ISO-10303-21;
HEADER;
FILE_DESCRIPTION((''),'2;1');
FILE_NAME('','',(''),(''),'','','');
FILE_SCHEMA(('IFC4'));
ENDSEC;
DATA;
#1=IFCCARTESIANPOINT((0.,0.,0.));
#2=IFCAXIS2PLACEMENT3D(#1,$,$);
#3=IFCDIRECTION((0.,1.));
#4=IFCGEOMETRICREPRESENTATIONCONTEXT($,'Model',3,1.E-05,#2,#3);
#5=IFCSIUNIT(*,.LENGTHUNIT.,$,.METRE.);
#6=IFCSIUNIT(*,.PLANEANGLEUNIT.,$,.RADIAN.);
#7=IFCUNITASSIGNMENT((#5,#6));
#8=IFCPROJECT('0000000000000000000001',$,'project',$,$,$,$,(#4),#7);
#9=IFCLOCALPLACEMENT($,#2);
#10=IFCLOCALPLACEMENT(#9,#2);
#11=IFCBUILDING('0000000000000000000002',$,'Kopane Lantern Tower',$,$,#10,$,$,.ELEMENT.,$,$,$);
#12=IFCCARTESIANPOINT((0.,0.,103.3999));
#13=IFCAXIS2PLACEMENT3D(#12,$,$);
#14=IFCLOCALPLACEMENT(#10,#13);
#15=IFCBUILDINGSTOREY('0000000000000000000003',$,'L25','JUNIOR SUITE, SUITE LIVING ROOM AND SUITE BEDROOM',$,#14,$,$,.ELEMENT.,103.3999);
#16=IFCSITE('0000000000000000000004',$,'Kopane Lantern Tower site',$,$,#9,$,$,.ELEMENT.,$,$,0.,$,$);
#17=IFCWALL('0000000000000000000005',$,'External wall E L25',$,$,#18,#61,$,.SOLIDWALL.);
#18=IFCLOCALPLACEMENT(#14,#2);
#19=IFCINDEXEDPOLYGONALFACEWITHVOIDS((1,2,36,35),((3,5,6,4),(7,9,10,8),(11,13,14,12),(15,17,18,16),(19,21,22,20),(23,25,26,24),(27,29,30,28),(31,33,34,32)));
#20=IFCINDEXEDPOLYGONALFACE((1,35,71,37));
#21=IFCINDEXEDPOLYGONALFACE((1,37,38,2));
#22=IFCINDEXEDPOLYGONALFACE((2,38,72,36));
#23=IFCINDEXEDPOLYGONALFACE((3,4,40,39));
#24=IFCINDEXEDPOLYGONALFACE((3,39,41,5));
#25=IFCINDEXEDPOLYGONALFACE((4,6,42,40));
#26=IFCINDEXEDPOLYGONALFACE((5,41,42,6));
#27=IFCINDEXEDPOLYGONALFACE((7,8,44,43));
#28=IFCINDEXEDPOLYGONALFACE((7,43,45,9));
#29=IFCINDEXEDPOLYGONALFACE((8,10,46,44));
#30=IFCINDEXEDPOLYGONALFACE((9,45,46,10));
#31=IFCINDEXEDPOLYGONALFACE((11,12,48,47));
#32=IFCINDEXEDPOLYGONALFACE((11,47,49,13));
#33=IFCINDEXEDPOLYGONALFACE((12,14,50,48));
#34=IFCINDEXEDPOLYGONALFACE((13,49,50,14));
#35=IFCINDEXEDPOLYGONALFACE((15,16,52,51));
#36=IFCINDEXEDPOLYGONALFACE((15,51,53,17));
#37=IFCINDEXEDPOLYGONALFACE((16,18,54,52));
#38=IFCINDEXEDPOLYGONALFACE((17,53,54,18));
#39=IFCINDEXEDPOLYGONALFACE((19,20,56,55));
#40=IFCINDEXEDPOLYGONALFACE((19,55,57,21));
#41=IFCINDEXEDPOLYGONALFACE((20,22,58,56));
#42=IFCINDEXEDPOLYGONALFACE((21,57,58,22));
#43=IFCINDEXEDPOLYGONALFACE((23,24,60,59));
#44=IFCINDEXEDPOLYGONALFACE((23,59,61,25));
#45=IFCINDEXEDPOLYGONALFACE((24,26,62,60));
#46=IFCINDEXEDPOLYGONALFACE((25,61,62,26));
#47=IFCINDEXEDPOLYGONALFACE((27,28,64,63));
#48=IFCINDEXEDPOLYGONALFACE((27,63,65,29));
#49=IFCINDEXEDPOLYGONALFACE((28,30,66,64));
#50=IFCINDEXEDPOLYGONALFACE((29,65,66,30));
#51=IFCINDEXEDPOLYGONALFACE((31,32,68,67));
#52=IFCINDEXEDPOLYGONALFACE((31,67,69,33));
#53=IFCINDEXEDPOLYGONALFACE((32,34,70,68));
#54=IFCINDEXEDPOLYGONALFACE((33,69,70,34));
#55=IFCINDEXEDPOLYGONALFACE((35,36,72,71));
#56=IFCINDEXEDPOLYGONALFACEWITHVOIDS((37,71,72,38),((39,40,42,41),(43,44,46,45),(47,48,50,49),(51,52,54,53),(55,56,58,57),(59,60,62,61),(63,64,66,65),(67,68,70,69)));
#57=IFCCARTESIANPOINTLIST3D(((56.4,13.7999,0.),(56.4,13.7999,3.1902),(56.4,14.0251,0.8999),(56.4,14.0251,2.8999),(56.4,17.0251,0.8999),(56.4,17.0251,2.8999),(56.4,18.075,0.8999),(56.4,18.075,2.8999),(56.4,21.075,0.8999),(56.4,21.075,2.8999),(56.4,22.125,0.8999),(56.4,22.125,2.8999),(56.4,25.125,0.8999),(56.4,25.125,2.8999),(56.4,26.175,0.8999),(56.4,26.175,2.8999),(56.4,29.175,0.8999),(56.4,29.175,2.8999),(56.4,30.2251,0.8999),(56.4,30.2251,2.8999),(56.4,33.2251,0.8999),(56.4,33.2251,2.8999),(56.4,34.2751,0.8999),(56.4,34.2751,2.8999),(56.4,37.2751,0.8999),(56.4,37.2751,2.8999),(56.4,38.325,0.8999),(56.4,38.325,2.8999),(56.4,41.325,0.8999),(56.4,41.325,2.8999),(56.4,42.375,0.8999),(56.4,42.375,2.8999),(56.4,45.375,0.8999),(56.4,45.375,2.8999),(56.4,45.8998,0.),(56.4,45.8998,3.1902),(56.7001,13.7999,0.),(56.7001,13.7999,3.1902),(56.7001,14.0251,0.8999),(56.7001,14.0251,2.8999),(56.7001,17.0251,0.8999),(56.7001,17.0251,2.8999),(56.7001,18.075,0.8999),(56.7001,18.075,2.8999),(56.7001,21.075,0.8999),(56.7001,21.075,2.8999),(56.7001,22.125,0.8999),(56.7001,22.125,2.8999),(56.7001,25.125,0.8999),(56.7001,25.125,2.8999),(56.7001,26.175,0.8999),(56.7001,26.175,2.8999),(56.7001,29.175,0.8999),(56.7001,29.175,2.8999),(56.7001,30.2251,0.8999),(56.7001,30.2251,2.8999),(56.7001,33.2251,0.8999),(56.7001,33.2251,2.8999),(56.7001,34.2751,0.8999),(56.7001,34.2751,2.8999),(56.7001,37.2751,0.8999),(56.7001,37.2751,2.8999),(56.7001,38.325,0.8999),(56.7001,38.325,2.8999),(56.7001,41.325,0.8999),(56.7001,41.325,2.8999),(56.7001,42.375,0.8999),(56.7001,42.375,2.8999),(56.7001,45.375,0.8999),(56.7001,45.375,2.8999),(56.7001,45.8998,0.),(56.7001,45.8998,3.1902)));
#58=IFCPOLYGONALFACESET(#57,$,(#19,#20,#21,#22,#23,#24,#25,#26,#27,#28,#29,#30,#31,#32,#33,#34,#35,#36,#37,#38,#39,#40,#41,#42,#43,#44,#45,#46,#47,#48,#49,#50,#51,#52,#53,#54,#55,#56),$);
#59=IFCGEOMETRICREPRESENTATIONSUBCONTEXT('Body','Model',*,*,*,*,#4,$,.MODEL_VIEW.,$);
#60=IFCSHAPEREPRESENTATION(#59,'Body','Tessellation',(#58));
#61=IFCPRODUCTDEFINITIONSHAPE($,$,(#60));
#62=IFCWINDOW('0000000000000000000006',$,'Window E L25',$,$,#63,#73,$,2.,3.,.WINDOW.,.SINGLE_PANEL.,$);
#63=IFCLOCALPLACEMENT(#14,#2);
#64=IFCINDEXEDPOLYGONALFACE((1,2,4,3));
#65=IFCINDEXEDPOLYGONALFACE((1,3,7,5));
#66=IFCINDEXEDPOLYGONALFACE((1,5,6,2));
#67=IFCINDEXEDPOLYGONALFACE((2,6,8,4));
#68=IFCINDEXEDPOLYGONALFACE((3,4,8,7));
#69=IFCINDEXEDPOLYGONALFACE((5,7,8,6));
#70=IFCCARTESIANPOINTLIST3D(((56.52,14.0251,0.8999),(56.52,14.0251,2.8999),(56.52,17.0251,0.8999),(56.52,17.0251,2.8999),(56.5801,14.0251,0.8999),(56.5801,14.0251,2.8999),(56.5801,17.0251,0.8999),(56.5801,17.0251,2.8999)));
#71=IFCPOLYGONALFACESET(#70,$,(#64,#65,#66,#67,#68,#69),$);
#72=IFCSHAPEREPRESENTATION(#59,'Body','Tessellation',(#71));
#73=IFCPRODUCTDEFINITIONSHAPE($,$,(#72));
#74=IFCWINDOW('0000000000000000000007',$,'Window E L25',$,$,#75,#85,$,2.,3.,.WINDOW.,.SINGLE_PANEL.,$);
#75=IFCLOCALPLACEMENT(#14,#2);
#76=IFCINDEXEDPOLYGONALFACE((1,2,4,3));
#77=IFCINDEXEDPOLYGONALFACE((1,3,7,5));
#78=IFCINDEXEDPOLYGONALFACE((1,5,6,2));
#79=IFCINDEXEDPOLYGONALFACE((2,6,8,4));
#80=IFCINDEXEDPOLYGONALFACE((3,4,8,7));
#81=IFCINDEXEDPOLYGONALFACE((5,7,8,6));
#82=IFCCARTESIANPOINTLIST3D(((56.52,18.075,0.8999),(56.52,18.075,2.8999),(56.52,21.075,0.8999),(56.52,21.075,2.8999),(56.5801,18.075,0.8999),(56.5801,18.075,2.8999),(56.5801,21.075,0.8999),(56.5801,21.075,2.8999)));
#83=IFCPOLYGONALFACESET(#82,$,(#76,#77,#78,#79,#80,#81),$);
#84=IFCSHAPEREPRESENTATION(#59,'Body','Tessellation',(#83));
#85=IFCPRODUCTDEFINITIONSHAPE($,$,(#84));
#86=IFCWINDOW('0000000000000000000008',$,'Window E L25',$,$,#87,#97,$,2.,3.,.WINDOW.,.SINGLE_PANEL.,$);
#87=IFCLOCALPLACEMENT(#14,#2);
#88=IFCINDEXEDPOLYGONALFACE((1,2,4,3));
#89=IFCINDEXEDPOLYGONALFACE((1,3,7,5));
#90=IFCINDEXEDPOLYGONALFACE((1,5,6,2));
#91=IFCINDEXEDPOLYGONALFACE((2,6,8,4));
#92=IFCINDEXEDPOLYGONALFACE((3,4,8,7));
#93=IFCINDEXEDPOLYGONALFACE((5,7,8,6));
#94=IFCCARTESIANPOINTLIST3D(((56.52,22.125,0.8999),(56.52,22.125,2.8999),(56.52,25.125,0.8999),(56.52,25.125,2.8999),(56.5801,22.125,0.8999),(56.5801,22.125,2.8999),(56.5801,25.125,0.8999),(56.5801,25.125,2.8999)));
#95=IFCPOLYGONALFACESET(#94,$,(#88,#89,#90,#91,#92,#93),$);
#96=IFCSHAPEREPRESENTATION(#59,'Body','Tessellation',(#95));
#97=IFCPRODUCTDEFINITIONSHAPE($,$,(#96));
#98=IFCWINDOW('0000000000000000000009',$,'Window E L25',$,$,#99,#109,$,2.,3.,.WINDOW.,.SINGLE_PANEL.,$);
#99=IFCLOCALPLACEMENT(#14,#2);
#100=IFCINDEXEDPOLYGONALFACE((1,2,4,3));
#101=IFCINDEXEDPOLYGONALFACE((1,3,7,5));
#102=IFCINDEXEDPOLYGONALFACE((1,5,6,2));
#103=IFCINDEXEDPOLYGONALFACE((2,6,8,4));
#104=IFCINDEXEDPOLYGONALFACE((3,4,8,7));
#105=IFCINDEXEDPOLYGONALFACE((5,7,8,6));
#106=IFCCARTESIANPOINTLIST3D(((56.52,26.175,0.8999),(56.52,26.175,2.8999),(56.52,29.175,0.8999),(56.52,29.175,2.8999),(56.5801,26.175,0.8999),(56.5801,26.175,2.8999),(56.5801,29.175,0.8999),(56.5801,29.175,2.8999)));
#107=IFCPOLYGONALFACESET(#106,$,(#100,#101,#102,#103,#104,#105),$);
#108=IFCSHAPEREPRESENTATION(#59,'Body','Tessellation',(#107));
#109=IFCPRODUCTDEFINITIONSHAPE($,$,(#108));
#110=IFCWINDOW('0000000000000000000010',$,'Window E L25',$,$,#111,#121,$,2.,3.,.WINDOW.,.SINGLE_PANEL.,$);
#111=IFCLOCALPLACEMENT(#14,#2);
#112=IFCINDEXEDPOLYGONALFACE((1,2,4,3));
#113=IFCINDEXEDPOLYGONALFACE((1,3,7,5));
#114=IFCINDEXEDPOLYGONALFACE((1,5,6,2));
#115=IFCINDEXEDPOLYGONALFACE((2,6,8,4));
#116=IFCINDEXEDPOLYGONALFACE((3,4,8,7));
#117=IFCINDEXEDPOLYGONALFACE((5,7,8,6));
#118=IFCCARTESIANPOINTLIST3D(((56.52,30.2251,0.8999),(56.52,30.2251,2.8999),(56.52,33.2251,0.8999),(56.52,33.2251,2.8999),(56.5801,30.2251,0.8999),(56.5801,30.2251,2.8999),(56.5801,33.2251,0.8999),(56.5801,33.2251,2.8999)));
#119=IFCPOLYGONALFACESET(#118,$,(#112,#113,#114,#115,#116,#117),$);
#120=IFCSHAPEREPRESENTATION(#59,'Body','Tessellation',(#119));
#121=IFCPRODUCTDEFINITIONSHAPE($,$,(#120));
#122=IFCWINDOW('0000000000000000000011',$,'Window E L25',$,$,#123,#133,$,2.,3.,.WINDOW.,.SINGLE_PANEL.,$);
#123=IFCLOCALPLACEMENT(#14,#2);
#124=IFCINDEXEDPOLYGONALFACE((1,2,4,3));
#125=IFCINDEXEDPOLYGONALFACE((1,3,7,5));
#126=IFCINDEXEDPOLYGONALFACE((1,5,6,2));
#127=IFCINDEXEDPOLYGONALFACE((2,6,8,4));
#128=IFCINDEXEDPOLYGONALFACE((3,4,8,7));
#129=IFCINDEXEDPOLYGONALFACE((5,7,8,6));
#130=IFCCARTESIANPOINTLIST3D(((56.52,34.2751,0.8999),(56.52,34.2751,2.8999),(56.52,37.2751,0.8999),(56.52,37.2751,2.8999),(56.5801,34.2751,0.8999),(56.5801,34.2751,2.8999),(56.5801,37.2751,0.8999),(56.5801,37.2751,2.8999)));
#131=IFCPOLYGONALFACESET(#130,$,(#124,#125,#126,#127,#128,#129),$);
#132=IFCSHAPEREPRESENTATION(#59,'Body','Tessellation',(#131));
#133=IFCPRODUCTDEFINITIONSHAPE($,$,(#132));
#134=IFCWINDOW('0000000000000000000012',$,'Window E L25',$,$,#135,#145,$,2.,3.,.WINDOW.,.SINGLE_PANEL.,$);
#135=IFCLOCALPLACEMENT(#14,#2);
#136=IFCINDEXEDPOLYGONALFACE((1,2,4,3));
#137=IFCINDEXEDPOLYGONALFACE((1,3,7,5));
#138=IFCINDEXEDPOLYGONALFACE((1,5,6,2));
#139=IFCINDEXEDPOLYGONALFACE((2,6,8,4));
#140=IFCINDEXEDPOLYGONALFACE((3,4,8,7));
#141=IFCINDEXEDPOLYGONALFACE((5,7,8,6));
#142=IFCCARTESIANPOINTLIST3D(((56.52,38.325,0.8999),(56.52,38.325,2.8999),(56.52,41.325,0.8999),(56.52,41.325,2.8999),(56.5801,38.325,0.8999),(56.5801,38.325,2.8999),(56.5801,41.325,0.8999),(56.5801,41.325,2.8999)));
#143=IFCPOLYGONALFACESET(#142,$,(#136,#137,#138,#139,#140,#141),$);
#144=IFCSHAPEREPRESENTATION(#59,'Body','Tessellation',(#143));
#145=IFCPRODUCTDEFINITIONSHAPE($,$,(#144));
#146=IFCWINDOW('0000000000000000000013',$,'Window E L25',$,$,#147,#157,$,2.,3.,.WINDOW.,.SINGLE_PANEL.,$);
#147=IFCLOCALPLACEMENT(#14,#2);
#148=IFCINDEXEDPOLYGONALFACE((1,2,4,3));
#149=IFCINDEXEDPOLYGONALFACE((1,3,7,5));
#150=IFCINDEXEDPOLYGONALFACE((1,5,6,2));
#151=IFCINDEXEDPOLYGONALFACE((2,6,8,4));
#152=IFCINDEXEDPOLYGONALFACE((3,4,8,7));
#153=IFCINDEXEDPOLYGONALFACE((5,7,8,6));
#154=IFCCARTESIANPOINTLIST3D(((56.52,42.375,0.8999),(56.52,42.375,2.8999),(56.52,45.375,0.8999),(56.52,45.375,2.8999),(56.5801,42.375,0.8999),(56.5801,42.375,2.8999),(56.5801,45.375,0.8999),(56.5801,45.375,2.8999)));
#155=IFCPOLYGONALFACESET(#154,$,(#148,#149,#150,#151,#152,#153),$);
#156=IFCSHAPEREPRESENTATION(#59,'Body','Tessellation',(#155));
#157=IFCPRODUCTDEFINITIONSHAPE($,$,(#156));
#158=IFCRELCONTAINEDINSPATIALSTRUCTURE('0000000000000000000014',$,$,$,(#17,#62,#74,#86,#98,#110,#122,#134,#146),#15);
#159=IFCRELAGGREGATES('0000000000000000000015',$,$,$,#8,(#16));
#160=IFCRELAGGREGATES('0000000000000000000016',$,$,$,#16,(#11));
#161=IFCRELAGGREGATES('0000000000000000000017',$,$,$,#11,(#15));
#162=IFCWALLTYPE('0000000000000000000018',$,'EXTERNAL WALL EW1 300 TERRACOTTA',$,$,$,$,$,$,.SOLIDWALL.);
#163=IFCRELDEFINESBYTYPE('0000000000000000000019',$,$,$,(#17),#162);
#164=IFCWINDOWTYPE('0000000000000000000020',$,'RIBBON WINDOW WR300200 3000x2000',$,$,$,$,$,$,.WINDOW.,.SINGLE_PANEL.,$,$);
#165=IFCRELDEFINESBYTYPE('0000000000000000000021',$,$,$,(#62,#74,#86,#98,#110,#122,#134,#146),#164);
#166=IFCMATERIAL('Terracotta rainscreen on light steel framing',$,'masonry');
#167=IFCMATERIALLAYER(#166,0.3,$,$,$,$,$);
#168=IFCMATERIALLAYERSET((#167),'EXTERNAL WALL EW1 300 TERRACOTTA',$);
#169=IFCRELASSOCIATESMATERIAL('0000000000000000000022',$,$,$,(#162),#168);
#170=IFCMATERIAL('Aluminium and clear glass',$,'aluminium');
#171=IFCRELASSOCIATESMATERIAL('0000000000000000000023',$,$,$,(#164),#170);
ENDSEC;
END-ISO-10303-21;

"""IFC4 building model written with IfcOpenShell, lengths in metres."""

from ifc_helpers import new_model, si_unit, direction, frame, frame_2d, origin, place, context, subcontext, project, spatial, rectangle, extrude, material, layer, layer_set, type_object, element, fill, save


model = new_model("IFC4")

# Units and contexts
model_context = context("Model", 3, precision=1e-05, world=origin(), true_north=direction((0.0, 1.0)))
body_context = subcontext(model_context, "Body", "Model", "MODEL_VIEW")
ifc_project = project(units=[si_unit("LENGTHUNIT", "METRE"), si_unit("PLANEANGLEUNIT", "RADIAN")], contexts=[model_context])

# Site, building, storey
site_placement = place(None, origin())
site = spatial("IfcSite", under=ifc_project, at=site_placement, Name="Kopane Lantern Tower site", CompositionType="ELEMENT", RefElevation=0.0)
building_placement = place(site_placement, origin())
building = spatial("IfcBuilding", under=site, at=building_placement, Name="Kopane Lantern Tower", CompositionType="ELEMENT")
storey_placement = place(building_placement, frame((0.0, 0.0, 103.3999)))
storey = spatial("IfcBuildingStorey", under=building, at=storey_placement, Name="L25", Description="JUNIOR SUITE, SUITE LIVING ROOM AND SUITE BEDROOM", CompositionType="ELEMENT", Elevation=103.3999)

# Shared definitions
ifc_material_1 = material(Name="Terracotta rainscreen on light steel framing", Category="masonry")
ifc_layer_1 = layer(ifc_material_1, 0.3)
ifc_layer_set_1 = layer_set([ifc_layer_1], Name="EXTERNAL WALL EW1 300 TERRACOTTA")
wall_type_1 = type_object("IfcWallType", Name="EXTERNAL WALL EW1 300 TERRACOTTA", PredefinedType="SOLIDWALL", material=ifc_layer_set_1)

# Wall, openings, windows
wall_1_placement = place(storey_placement, frame((56.55, 13.8, 0.0), z_axis=(0.0, 0.0, 1.0), x_axis=(0.0, 1.0, 0.0)))
wall_1 = element("IfcWall", 1, at=wall_1_placement, inside=storey, type_object=wall_type_1, Name="External wall E L25", PredefinedType="SOLIDWALL", context=body_context, shape_type="SweptSolid", body=[
    extrude(rectangle(XDim=32.0999, YDim=0.3, at=frame_2d((16.0498, 0.0))), origin(), (0.0, 0.0, 1.0), 3.1902),
])
opening_1_placement = place(wall_1_placement, frame((0.2251, 0.0, 0.8999)))
opening_1 = element("IfcOpeningElement", 2, at=opening_1_placement, cuts=wall_1, PredefinedType="OPENING", context=body_context, shape_type="SweptSolid", body=[
    extrude(rectangle(XDim=3.0, YDim=2.0, at=frame_2d((1.5, 1.0))), frame((0.0, 0.1599, 0.0), z_axis=(0.0, -1.0, 0.0), x_axis=(1.0, 0.0, 0.0)), (0.0, 0.0, 1.0), 0.3201),
])
opening_2_placement = place(wall_1_placement, frame((4.2749, 0.0, 0.8999)))
opening_2 = element("IfcOpeningElement", 3, at=opening_2_placement, cuts=wall_1, PredefinedType="OPENING", context=body_context, shape_type="SweptSolid", body=[
    extrude(rectangle(XDim=3.0, YDim=2.0, at=frame_2d((1.5, 1.0))), frame((0.0, 0.1599, 0.0), z_axis=(0.0, -1.0, 0.0), x_axis=(1.0, 0.0, 0.0)), (0.0, 0.0, 1.0), 0.3201),
])
opening_3_placement = place(wall_1_placement, frame((8.325, 0.0, 0.8999)))
opening_3 = element("IfcOpeningElement", 4, at=opening_3_placement, cuts=wall_1, PredefinedType="OPENING", context=body_context, shape_type="SweptSolid", body=[
    extrude(rectangle(XDim=3.0, YDim=2.0, at=frame_2d((1.5, 1.0))), frame((0.0, 0.1599, 0.0), z_axis=(0.0, -1.0, 0.0), x_axis=(1.0, 0.0, 0.0)), (0.0, 0.0, 1.0), 0.3201),
])
opening_4_placement = place(wall_1_placement, frame((12.375, 0.0, 0.8999)))
opening_4 = element("IfcOpeningElement", 5, at=opening_4_placement, cuts=wall_1, PredefinedType="OPENING", context=body_context, shape_type="SweptSolid", body=[
    extrude(rectangle(XDim=3.0, YDim=2.0, at=frame_2d((1.5, 1.0))), frame((0.0, 0.1599, 0.0), z_axis=(0.0, -1.0, 0.0), x_axis=(1.0, 0.0, 0.0)), (0.0, 0.0, 1.0), 0.3201),
])
opening_5_placement = place(wall_1_placement, frame((16.425, 0.0, 0.8999)))
opening_5 = element("IfcOpeningElement", 6, at=opening_5_placement, cuts=wall_1, PredefinedType="OPENING", context=body_context, shape_type="SweptSolid", body=[
    extrude(rectangle(XDim=3.0, YDim=2.0, at=frame_2d((1.5, 1.0))), frame((0.0, 0.1599, 0.0), z_axis=(0.0, -1.0, 0.0), x_axis=(1.0, 0.0, 0.0)), (0.0, 0.0, 1.0), 0.3201),
])
opening_6_placement = place(wall_1_placement, frame((20.4751, 0.0, 0.8999)))
opening_6 = element("IfcOpeningElement", 7, at=opening_6_placement, cuts=wall_1, PredefinedType="OPENING", context=body_context, shape_type="SweptSolid", body=[
    extrude(rectangle(XDim=3.0, YDim=2.0, at=frame_2d((1.5, 1.0))), frame((0.0, 0.1599, 0.0), z_axis=(0.0, -1.0, 0.0), x_axis=(1.0, 0.0, 0.0)), (0.0, 0.0, 1.0), 0.3201),
])
opening_7_placement = place(wall_1_placement, frame((24.5249, 0.0, 0.8999)))
opening_7 = element("IfcOpeningElement", 8, at=opening_7_placement, cuts=wall_1, PredefinedType="OPENING", context=body_context, shape_type="SweptSolid", body=[
    extrude(rectangle(XDim=3.0, YDim=2.0, at=frame_2d((1.5, 1.0))), frame((0.0, 0.1599, 0.0), z_axis=(0.0, -1.0, 0.0), x_axis=(1.0, 0.0, 0.0)), (0.0, 0.0, 1.0), 0.3201),
])
opening_8_placement = place(wall_1_placement, frame((28.575, 0.0, 0.8999)))
opening_8 = element("IfcOpeningElement", 9, at=opening_8_placement, cuts=wall_1, PredefinedType="OPENING", context=body_context, shape_type="SweptSolid", body=[
    extrude(rectangle(XDim=3.0, YDim=2.0, at=frame_2d((1.5, 1.0))), frame((0.0, 0.1599, 0.0), z_axis=(0.0, -1.0, 0.0), x_axis=(1.0, 0.0, 0.0)), (0.0, 0.0, 1.0), 0.3201),
])
ifc_material_2 = material(Name="Aluminium and clear glass", Category="aluminium")
window_type_1 = type_object("IfcWindowType", Name="RIBBON WINDOW WR300200 3000x2000", PartitioningType="SINGLE_PANEL", PredefinedType="WINDOW", material=ifc_material_2)
window_1_placement = place(opening_1_placement, origin())
window_1 = element("IfcWindow", 10, at=window_1_placement, inside=storey, type_object=window_type_1, Name="Window E L25", OverallHeight=2.0, OverallWidth=3.0, PartitioningType="SINGLE_PANEL", PredefinedType="WINDOW", context=body_context, shape_type="SweptSolid", body=[
    extrude(rectangle(XDim=3.0, YDim=2.0, at=frame_2d((1.5, 1.0))), frame((0.0, 0.03, 0.0), z_axis=(0.0, -1.0, 0.0), x_axis=(1.0, 0.0, 0.0)), (0.0, 0.0, 1.0), 0.0601),
])
fill(opening_1, window_1)
window_2_placement = place(opening_2_placement, origin())
window_2 = element("IfcWindow", 11, at=window_2_placement, inside=storey, type_object=window_type_1, Name="Window E L25", OverallHeight=2.0, OverallWidth=3.0, PartitioningType="SINGLE_PANEL", PredefinedType="WINDOW", context=body_context, shape_type="SweptSolid", body=[
    extrude(rectangle(XDim=3.0, YDim=2.0, at=frame_2d((1.5, 1.0))), frame((0.0, 0.03, 0.0), z_axis=(0.0, -1.0, 0.0), x_axis=(1.0, 0.0, 0.0)), (0.0, 0.0, 1.0), 0.0601),
])
fill(opening_2, window_2)
window_3_placement = place(opening_3_placement, origin())
window_3 = element("IfcWindow", 12, at=window_3_placement, inside=storey, type_object=window_type_1, Name="Window E L25", OverallHeight=2.0, OverallWidth=3.0, PartitioningType="SINGLE_PANEL", PredefinedType="WINDOW", context=body_context, shape_type="SweptSolid", body=[
    extrude(rectangle(XDim=3.0, YDim=2.0, at=frame_2d((1.5, 1.0))), frame((0.0, 0.03, 0.0), z_axis=(0.0, -1.0, 0.0), x_axis=(1.0, 0.0, 0.0)), (0.0, 0.0, 1.0), 0.0601),
])
fill(opening_3, window_3)
window_4_placement = place(opening_4_placement, origin())
window_4 = element("IfcWindow", 13, at=window_4_placement, inside=storey, type_object=window_type_1, Name="Window E L25", OverallHeight=2.0, OverallWidth=3.0, PartitioningType="SINGLE_PANEL", PredefinedType="WINDOW", context=body_context, shape_type="SweptSolid", body=[
    extrude(rectangle(XDim=3.0, YDim=2.0, at=frame_2d((1.5, 1.0))), frame((0.0, 0.03, 0.0), z_axis=(0.0, -1.0, 0.0), x_axis=(1.0, 0.0, 0.0)), (0.0, 0.0, 1.0), 0.0601),
])
fill(opening_4, window_4)
window_5_placement = place(opening_5_placement, origin())
window_5 = element("IfcWindow", 14, at=window_5_placement, inside=storey, type_object=window_type_1, Name="Window E L25", OverallHeight=2.0, OverallWidth=3.0, PartitioningType="SINGLE_PANEL", PredefinedType="WINDOW", context=body_context, shape_type="SweptSolid", body=[
    extrude(rectangle(XDim=3.0, YDim=2.0, at=frame_2d((1.5, 1.0))), frame((0.0, 0.03, 0.0), z_axis=(0.0, -1.0, 0.0), x_axis=(1.0, 0.0, 0.0)), (0.0, 0.0, 1.0), 0.0601),
])
fill(opening_5, window_5)
window_6_placement = place(opening_6_placement, origin())
window_6 = element("IfcWindow", 15, at=window_6_placement, inside=storey, type_object=window_type_1, Name="Window E L25", OverallHeight=2.0, OverallWidth=3.0, PartitioningType="SINGLE_PANEL", PredefinedType="WINDOW", context=body_context, shape_type="SweptSolid", body=[
    extrude(rectangle(XDim=3.0, YDim=2.0, at=frame_2d((1.5, 1.0))), frame((0.0, 0.03, 0.0), z_axis=(0.0, -1.0, 0.0), x_axis=(1.0, 0.0, 0.0)), (0.0, 0.0, 1.0), 0.0601),
])
fill(opening_6, window_6)
window_7_placement = place(opening_7_placement, origin())
window_7 = element("IfcWindow", 16, at=window_7_placement, inside=storey, type_object=window_type_1, Name="Window E L25", OverallHeight=2.0, OverallWidth=3.0, PartitioningType="SINGLE_PANEL", PredefinedType="WINDOW", context=body_context, shape_type="SweptSolid", body=[
    extrude(rectangle(XDim=3.0, YDim=2.0, at=frame_2d((1.5, 1.0))), frame((0.0, 0.03, 0.0), z_axis=(0.0, -1.0, 0.0), x_axis=(1.0, 0.0, 0.0)), (0.0, 0.0, 1.0), 0.0601),
])
fill(opening_7, window_7)
window_8_placement = place(opening_8_placement, origin())
window_8 = element("IfcWindow", 17, at=window_8_placement, inside=storey, type_object=window_type_1, Name="Window E L25", OverallHeight=2.0, OverallWidth=3.0, PartitioningType="SINGLE_PANEL", PredefinedType="WINDOW", context=body_context, shape_type="SweptSolid", body=[
    extrude(rectangle(XDim=3.0, YDim=2.0, at=frame_2d((1.5, 1.0))), frame((0.0, 0.03, 0.0), z_axis=(0.0, -1.0, 0.0), x_axis=(1.0, 0.0, 0.0)), (0.0, 0.0, 1.0), 0.0601),
])
fill(opening_8, window_8)

save(model, "model.ifc")
